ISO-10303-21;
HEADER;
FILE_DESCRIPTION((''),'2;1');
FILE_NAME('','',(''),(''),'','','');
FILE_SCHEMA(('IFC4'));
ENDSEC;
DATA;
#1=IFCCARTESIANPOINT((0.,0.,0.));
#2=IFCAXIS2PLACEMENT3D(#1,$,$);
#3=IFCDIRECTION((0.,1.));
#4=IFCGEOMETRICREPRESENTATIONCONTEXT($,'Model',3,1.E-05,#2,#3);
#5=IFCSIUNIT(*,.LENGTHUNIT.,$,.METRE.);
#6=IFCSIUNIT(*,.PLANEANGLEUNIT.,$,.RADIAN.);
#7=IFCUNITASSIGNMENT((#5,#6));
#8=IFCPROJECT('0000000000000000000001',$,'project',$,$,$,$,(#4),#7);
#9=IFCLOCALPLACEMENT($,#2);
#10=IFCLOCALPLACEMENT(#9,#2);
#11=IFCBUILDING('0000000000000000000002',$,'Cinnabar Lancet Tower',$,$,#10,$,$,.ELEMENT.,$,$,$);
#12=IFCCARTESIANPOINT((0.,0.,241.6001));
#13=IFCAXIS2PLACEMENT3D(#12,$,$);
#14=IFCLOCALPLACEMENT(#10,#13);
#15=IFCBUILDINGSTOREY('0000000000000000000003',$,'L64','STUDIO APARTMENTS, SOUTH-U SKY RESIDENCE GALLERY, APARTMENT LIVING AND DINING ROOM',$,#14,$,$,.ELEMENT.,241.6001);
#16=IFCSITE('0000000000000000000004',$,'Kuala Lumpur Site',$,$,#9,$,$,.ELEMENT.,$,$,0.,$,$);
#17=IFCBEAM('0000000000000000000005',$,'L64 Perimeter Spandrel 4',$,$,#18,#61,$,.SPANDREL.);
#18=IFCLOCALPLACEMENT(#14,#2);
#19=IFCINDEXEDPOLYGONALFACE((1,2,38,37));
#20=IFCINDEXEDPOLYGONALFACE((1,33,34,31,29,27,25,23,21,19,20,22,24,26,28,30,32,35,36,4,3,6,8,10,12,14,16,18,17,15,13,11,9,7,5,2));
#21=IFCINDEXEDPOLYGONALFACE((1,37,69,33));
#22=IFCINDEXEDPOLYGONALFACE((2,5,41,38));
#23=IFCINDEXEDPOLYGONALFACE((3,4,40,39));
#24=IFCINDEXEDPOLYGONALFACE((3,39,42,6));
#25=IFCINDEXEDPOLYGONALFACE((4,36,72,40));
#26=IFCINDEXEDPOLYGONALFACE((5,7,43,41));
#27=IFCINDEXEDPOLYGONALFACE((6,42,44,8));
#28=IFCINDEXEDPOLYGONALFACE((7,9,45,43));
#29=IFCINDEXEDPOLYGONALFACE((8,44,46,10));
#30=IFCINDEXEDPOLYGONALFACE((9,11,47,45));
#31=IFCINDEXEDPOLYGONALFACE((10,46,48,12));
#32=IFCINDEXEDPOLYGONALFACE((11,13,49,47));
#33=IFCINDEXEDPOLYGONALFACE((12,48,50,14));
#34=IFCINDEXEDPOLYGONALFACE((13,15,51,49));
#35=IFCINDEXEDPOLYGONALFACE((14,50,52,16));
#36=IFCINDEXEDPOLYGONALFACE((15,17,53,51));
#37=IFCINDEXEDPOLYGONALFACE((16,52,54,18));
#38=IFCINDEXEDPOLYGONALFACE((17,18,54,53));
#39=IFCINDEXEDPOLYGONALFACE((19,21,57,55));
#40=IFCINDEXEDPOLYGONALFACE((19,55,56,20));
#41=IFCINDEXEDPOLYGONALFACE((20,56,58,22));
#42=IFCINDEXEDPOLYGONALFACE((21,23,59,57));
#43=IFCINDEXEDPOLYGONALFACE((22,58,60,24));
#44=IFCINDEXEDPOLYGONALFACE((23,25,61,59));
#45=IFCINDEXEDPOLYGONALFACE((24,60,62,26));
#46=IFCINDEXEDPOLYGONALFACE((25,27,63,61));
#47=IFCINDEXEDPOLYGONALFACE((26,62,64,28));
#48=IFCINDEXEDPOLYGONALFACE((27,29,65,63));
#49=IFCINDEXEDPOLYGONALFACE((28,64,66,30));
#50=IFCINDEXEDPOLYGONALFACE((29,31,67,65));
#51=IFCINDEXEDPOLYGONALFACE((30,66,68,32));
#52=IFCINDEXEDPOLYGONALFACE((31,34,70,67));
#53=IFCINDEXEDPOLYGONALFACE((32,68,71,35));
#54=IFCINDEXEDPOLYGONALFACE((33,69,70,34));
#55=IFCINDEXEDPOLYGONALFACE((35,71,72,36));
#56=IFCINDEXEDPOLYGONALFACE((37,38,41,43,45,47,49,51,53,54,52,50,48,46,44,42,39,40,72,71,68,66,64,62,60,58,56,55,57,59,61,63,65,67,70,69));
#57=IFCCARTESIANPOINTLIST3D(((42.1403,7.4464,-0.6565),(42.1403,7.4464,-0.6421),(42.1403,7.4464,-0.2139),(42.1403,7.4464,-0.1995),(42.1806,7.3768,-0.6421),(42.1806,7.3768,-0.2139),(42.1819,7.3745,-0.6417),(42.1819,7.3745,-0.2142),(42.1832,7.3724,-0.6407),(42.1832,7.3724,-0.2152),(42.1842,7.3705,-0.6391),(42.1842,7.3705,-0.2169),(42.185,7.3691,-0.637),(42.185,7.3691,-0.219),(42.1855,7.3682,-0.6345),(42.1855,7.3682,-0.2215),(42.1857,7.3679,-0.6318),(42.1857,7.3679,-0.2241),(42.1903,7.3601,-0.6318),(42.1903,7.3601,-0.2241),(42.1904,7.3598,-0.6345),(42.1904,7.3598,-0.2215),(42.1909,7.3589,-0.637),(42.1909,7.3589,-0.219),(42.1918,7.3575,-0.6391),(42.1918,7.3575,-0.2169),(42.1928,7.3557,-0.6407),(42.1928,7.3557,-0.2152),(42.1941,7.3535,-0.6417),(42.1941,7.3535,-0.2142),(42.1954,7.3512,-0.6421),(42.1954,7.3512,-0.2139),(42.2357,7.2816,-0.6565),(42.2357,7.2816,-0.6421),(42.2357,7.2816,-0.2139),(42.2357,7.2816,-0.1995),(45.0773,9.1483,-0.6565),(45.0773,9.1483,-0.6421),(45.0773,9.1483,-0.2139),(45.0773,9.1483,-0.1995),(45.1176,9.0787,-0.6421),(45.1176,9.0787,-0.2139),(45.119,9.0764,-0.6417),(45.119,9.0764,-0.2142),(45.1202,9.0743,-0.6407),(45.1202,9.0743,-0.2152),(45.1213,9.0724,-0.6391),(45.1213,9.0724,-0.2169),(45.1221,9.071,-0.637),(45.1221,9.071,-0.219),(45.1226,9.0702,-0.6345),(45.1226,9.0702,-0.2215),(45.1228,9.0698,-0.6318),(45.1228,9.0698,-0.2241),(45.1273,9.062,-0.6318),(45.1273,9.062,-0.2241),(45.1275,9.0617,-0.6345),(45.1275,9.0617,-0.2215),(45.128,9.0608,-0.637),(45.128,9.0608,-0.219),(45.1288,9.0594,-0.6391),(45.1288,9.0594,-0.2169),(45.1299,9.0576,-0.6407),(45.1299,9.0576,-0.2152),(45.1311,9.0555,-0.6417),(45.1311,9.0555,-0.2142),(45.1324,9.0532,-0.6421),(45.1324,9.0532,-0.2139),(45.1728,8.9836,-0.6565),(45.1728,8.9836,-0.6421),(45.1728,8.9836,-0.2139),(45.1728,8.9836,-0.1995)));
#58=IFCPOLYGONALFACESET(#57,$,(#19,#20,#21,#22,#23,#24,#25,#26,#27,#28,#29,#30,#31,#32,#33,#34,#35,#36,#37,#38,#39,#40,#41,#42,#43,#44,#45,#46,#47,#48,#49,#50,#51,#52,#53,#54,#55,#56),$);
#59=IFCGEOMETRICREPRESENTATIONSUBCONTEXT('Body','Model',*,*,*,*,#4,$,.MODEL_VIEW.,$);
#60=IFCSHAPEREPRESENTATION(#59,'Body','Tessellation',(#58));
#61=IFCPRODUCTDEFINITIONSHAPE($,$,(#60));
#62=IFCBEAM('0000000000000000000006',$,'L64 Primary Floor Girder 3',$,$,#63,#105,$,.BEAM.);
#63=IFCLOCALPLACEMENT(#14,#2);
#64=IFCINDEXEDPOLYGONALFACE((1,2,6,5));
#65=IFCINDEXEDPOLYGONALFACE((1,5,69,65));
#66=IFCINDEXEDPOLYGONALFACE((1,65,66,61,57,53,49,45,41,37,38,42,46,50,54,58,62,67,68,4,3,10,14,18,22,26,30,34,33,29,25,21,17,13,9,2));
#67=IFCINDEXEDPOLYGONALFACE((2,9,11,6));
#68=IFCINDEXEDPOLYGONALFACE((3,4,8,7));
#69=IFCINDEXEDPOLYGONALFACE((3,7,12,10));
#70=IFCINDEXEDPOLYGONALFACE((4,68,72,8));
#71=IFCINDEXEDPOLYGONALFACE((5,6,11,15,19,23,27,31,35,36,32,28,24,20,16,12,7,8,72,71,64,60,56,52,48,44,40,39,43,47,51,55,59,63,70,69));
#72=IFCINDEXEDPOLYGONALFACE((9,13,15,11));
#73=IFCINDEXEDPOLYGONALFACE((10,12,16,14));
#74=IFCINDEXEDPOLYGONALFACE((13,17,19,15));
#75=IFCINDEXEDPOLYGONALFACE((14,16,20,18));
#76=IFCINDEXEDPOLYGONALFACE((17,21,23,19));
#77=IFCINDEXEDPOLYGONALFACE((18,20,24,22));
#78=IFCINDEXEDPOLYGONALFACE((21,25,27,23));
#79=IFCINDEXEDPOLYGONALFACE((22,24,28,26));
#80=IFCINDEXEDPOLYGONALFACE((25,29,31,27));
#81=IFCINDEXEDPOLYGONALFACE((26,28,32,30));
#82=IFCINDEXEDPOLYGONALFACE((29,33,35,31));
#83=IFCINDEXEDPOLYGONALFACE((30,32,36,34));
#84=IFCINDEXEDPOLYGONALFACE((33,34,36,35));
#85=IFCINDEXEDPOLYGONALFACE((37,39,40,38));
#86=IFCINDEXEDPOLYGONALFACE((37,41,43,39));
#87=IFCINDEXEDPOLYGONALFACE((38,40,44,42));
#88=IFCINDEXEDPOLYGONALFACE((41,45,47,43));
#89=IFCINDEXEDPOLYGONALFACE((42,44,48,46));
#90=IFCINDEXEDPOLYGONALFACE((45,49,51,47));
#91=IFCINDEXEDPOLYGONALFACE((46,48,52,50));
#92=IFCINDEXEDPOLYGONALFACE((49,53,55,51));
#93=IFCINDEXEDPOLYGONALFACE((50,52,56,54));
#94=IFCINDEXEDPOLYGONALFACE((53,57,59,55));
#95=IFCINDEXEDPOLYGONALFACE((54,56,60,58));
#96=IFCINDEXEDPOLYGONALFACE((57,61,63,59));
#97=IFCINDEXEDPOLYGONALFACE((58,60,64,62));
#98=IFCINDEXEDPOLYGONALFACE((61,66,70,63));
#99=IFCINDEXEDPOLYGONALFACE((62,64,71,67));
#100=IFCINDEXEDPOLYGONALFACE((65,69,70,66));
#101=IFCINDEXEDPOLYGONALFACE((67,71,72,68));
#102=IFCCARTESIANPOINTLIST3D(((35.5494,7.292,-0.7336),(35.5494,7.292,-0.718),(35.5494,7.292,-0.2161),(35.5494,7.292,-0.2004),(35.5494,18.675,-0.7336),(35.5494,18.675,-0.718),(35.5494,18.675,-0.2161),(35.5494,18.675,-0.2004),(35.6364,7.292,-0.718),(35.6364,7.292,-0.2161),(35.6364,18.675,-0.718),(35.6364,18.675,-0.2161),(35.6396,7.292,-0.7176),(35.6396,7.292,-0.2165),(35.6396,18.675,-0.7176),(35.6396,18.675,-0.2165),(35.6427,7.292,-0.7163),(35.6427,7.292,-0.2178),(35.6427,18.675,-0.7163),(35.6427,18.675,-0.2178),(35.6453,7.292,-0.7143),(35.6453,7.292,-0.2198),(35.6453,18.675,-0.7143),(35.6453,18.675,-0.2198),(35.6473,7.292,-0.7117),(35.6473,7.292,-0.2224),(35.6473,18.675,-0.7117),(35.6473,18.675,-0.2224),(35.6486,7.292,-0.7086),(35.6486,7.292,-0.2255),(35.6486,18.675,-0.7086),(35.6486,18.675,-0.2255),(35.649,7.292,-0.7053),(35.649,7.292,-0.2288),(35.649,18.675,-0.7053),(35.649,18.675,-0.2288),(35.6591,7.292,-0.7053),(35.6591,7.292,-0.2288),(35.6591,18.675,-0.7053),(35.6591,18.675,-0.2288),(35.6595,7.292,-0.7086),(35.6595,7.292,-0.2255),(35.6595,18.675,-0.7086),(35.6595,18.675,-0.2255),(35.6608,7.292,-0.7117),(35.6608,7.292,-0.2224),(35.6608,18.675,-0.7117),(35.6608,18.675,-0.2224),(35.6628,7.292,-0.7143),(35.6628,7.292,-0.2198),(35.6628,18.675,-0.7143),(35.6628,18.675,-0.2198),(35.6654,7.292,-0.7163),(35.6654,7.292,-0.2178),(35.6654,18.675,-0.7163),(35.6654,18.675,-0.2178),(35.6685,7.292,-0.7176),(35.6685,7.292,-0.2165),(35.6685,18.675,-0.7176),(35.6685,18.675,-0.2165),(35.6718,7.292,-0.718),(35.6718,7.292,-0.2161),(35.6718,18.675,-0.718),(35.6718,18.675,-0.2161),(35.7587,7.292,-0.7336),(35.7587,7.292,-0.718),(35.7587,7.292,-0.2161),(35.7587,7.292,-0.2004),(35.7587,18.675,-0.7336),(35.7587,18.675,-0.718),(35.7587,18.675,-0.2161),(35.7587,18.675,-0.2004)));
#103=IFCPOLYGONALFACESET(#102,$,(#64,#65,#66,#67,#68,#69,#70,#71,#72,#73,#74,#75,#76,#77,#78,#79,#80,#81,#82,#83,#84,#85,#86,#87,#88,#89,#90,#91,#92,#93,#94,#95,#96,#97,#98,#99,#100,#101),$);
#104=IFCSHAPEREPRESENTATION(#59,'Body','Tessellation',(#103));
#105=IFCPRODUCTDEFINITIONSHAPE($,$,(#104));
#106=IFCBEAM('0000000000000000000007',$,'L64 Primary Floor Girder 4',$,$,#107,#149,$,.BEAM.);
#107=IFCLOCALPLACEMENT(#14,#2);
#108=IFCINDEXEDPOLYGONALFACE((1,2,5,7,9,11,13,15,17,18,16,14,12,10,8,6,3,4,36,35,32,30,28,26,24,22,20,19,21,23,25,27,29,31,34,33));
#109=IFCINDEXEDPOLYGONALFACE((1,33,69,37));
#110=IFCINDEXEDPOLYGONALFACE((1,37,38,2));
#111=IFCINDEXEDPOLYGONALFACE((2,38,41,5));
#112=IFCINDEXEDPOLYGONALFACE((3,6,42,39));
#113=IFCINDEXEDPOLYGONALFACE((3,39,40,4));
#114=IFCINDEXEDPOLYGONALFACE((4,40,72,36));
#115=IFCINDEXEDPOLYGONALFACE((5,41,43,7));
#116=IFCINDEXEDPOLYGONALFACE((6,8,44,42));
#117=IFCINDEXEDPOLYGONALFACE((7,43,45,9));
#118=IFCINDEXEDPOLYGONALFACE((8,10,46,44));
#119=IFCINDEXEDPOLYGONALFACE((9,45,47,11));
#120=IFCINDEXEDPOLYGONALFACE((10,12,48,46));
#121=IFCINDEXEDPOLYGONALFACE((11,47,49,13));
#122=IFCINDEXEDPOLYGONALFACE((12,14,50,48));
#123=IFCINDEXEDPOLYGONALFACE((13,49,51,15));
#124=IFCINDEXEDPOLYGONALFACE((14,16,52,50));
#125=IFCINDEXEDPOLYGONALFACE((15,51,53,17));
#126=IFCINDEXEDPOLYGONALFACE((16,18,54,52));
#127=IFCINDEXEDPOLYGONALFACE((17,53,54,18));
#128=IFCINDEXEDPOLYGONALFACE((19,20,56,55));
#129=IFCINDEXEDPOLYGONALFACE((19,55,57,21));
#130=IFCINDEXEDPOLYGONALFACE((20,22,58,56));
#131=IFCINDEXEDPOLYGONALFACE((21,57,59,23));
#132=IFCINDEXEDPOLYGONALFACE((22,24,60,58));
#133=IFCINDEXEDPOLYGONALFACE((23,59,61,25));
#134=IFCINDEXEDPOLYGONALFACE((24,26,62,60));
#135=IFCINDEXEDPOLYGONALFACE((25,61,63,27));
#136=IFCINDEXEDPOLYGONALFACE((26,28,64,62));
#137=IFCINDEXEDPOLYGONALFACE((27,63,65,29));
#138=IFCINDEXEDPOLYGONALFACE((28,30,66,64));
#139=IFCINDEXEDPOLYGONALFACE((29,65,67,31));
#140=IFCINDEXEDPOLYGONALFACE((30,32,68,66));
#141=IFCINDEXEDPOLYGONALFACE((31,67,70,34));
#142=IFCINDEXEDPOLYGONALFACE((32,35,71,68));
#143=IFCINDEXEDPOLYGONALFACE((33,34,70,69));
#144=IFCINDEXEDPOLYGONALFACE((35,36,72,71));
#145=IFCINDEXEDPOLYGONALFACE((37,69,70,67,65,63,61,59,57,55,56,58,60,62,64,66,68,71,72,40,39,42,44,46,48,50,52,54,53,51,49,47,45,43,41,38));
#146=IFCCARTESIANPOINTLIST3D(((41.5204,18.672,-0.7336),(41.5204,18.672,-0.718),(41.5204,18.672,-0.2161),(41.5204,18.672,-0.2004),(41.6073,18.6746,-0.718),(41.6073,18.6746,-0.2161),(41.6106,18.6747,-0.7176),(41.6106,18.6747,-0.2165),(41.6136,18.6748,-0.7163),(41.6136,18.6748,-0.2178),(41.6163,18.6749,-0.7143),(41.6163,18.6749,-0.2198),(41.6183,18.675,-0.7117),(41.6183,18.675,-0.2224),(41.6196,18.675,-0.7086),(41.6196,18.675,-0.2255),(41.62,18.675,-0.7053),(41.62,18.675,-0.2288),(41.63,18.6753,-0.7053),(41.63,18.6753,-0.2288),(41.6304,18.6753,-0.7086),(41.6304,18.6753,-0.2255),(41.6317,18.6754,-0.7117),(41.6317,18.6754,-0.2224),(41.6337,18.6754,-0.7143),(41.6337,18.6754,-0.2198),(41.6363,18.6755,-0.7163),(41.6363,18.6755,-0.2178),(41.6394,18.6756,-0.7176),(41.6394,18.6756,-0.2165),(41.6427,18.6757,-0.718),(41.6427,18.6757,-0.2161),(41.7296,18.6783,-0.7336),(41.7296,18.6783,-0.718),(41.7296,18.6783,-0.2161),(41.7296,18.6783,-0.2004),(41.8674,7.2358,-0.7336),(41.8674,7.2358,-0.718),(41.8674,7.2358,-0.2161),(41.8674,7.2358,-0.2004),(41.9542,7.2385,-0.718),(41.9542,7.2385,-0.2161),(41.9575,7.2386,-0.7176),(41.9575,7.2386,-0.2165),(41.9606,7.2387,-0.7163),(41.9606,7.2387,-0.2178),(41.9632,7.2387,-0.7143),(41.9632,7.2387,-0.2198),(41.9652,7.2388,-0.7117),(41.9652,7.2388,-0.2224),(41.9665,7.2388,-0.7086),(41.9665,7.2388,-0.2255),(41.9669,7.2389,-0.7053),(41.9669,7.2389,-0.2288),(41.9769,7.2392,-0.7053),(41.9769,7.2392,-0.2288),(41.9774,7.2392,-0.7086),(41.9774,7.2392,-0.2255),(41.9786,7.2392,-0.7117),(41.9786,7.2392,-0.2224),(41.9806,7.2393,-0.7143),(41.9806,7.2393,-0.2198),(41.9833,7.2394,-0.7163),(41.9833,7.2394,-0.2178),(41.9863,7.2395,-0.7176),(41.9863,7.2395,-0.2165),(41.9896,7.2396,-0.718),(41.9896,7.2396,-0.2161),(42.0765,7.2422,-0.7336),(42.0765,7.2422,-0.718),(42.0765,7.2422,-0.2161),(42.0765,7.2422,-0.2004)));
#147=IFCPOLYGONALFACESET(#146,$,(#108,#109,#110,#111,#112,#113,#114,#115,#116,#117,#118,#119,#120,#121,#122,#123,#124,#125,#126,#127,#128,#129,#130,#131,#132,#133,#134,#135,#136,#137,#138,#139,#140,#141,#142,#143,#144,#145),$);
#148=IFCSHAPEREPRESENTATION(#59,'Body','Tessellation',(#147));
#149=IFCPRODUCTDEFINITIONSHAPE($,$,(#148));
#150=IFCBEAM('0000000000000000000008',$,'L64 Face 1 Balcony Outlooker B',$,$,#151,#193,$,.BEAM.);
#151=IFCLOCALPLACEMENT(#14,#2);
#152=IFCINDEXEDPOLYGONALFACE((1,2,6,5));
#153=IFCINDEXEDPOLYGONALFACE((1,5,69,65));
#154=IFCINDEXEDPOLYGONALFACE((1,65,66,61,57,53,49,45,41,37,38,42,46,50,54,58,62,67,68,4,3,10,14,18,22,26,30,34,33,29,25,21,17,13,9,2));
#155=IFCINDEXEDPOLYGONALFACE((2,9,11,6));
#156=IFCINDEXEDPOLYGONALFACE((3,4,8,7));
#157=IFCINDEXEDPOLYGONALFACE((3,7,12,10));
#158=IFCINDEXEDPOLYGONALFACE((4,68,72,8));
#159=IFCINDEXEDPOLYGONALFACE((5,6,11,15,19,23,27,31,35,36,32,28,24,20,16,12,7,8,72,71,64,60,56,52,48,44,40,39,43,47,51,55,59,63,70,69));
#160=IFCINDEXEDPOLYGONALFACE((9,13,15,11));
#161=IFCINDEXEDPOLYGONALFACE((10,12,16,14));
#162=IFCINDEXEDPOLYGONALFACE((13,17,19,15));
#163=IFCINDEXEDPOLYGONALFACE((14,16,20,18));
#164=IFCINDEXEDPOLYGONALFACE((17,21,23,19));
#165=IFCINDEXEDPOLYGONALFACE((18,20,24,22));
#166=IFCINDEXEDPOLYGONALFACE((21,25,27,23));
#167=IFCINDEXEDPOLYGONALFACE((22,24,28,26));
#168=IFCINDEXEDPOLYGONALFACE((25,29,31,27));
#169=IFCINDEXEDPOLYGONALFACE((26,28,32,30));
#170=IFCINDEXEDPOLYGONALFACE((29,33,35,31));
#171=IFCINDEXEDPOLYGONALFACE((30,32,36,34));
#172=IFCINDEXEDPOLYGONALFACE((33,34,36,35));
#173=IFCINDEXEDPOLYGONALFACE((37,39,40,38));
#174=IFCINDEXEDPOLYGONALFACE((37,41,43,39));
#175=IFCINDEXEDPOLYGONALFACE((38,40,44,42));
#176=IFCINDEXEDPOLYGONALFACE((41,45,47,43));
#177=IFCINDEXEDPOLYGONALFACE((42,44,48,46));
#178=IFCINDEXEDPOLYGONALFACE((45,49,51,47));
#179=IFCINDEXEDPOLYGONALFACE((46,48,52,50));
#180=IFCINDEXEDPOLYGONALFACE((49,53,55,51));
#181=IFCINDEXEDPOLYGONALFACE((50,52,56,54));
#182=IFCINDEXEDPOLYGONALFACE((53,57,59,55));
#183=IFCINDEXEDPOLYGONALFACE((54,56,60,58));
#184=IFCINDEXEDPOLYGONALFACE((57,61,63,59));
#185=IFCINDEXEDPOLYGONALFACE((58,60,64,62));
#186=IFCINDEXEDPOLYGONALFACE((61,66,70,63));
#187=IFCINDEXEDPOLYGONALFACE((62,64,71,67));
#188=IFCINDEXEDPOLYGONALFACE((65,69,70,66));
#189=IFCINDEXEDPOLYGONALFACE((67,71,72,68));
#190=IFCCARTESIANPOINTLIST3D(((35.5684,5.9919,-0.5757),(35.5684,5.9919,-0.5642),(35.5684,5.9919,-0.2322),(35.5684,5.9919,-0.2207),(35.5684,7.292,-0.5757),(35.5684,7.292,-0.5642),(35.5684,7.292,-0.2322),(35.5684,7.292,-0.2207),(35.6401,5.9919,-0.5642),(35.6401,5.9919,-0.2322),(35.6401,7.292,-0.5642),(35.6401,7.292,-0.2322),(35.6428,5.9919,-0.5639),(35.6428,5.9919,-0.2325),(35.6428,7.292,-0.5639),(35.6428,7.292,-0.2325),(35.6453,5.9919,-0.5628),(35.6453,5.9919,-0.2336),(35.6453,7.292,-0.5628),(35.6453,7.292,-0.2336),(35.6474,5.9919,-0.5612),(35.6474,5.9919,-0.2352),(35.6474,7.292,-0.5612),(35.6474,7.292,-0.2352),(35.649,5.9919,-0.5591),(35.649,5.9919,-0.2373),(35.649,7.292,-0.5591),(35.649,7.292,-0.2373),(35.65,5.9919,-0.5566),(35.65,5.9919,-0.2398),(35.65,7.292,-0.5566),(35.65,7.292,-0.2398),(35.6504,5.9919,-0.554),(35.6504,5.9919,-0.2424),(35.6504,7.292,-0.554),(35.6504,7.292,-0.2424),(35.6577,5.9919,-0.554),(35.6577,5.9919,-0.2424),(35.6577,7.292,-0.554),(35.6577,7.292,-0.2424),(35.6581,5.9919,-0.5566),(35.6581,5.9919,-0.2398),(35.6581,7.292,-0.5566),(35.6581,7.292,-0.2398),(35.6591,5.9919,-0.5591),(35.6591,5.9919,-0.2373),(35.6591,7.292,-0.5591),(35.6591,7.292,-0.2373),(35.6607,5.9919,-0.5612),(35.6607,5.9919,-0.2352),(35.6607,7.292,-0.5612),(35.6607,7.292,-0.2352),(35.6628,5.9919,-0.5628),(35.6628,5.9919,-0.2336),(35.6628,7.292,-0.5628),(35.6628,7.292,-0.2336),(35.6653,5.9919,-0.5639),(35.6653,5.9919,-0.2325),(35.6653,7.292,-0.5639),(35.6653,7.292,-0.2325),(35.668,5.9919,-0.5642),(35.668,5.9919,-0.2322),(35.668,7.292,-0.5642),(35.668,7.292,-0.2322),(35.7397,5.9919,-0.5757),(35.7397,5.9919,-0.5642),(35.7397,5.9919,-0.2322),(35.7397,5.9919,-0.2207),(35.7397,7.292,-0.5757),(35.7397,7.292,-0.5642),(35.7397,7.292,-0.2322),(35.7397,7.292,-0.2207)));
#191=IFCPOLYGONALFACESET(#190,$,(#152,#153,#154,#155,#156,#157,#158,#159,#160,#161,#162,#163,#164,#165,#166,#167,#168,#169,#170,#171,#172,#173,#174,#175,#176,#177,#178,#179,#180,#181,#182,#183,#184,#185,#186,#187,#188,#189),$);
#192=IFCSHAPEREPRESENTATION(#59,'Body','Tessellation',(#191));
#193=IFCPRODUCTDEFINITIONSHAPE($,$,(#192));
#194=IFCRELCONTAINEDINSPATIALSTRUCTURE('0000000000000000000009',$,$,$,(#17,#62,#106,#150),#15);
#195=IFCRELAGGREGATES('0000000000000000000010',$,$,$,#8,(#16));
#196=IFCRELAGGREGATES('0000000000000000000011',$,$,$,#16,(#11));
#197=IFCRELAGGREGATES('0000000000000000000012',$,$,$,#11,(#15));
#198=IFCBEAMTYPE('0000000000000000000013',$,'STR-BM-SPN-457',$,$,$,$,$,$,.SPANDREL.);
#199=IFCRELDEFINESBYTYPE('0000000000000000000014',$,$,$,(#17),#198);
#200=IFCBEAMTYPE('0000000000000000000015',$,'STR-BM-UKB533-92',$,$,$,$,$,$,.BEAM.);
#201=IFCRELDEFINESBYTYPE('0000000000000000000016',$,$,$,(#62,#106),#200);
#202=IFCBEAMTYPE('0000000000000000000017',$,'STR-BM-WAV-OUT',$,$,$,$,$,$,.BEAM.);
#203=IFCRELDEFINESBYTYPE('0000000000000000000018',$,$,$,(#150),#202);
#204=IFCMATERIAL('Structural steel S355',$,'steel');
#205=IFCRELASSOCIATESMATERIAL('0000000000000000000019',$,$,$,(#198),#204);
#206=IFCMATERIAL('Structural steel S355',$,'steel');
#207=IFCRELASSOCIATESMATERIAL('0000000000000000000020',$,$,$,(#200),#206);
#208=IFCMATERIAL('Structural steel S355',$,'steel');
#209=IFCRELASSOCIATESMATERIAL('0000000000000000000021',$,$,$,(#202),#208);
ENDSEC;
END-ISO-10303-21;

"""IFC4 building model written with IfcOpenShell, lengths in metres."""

from ifc_helpers import new_model, si_unit, direction, frame, origin, origin_2d, place, context, subcontext, project, spatial, i_section, extrude, material, material_profile, profile_set, type_object, element, save


model = new_model("IFC4")

# Units and contexts
model_context = context("Model", 3, precision=1e-05, world=origin(), true_north=direction((0.0, 1.0)))
body_context = subcontext(model_context, "Body", "Model", "MODEL_VIEW")
ifc_project = project(units=[si_unit("LENGTHUNIT", "METRE"), si_unit("PLANEANGLEUNIT", "RADIAN")], contexts=[model_context])

# Site, building, storey
site_placement = place(None, origin())
site = spatial("IfcSite", under=ifc_project, at=site_placement, Name="Kuala Lumpur Site", CompositionType="ELEMENT", RefElevation=0.0)
building_placement = place(site_placement, origin())
building = spatial("IfcBuilding", under=site, at=building_placement, Name="Cinnabar Lancet Tower", CompositionType="ELEMENT")
storey_placement = place(building_placement, frame((0.0, 0.0, 241.6001)))
storey = spatial("IfcBuildingStorey", under=building, at=storey_placement, Name="L64", Description="STUDIO APARTMENTS, SOUTH-U SKY RESIDENCE GALLERY, APARTMENT LIVING AND DINING ROOM", CompositionType="ELEMENT", Elevation=241.6001)

# Beams
ifc_material_1 = material(Name="Structural steel S355", Category="steel")
ifc_material_profile_1 = material_profile(ifc_material_1, i_section(OverallWidth=0.1904, OverallDepth=0.457, WebThickness=0.009, FlangeThickness=0.0144, FilletRadius=0.0103, at=origin_2d()), Name="UKB 457x191x74")
ifc_profile_set_1 = profile_set([ifc_material_profile_1], Name="Structural steel S355")
beam_type_1 = type_object("IfcBeamType", Name="STR-BM-SPN-457", PredefinedType="SPANDREL", material=ifc_profile_set_1)
beam_1_placement = place(storey_placement, frame((42.188, 7.364, -0.428), z_axis=(0.865231, 0.501374, 0.0), x_axis=(-0.501374, 0.865231, 0.0)))
element("IfcBeam", 1, at=beam_1_placement, inside=storey, type_object=beam_type_1, Name="L64 Perimeter Spandrel 4", PredefinedType="SPANDREL", context=body_context, shape_type="SweptSolid", body=[
    extrude(i_section(OverallWidth=0.1904, OverallDepth=0.457, WebThickness=0.009, FlangeThickness=0.0144, FilletRadius=0.0103, at=origin_2d()), origin(), (0.0, 0.0, 1.0), 3.3945),
])
ifc_material_2 = material(Name="Structural steel S355", Category="steel")
ifc_material_profile_2 = material_profile(ifc_material_2, i_section(OverallWidth=0.2092, OverallDepth=0.5332, WebThickness=0.01, FlangeThickness=0.0156, FilletRadius=0.0127, at=origin_2d()), Name="UKB 533x210x92")
ifc_profile_set_2 = profile_set([ifc_material_profile_2], Name="Structural steel S355")
beam_type_2 = type_object("IfcBeamType", Name="STR-BM-UKB533-92", PredefinedType="BEAM", material=ifc_profile_set_2)
beam_2_placement = place(storey_placement, frame((35.6541, 7.292, -0.467), z_axis=(0.0, 1.0, 0.0), x_axis=(-1.0, 0.0, 0.0)))
element("IfcBeam", 2, at=beam_2_placement, inside=storey, type_object=beam_type_2, Name="L64 Primary Floor Girder 3", PredefinedType="BEAM", context=body_context, shape_type="SweptSolid", body=[
    extrude(i_section(OverallWidth=0.2092, OverallDepth=0.5332, WebThickness=0.01, FlangeThickness=0.0156, FilletRadius=0.0127, at=origin_2d()), origin(), (0.0, 0.0, 1.0), 11.3831),
])
beam_3_placement = place(storey_placement, frame((41.9719, 7.239, -0.467), z_axis=(-0.030322, 0.99954, 0.0), x_axis=(-0.99954, -0.030322, 0.0)))
element("IfcBeam", 3, at=beam_3_placement, inside=storey, type_object=beam_type_2, Name="L64 Primary Floor Girder 4", PredefinedType="BEAM", context=body_context, shape_type="SweptSolid", body=[
    extrude(i_section(OverallWidth=0.2092, OverallDepth=0.5332, WebThickness=0.01, FlangeThickness=0.0156, FilletRadius=0.0127, at=origin_2d()), origin(), (0.0, 0.0, 1.0), 11.4414),
])
ifc_material_3 = material(Name="Structural steel S355", Category="steel")
ifc_material_profile_3 = material_profile(ifc_material_3, i_section(OverallWidth=0.1714, OverallDepth=0.355, WebThickness=0.0073, FlangeThickness=0.0115, FilletRadius=0.0103, at=origin_2d()), Name="UKB 356x171x51")
ifc_profile_set_3 = profile_set([ifc_material_profile_3], Name="Structural steel S355")
beam_type_3 = type_object("IfcBeamType", Name="STR-BM-WAV-OUT", PredefinedType="BEAM", material=ifc_profile_set_3)
beam_4_placement = place(storey_placement, frame((35.6541, 7.292, -0.3982), z_axis=(0.0, -1.0, 0.0), x_axis=(1.0, 0.0, 0.0)))
element("IfcBeam", 4, at=beam_4_placement, inside=storey, type_object=beam_type_3, Name="L64 Face 1 Balcony Outlooker B", PredefinedType="BEAM", context=body_context, shape_type="SweptSolid", body=[
    extrude(i_section(OverallWidth=0.1714, OverallDepth=0.355, WebThickness=0.0073, FlangeThickness=0.0115, FilletRadius=0.0103, at=origin_2d()), origin(), (0.0, 0.0, 1.0), 1.3),
])

save(model, "model.ifc")
